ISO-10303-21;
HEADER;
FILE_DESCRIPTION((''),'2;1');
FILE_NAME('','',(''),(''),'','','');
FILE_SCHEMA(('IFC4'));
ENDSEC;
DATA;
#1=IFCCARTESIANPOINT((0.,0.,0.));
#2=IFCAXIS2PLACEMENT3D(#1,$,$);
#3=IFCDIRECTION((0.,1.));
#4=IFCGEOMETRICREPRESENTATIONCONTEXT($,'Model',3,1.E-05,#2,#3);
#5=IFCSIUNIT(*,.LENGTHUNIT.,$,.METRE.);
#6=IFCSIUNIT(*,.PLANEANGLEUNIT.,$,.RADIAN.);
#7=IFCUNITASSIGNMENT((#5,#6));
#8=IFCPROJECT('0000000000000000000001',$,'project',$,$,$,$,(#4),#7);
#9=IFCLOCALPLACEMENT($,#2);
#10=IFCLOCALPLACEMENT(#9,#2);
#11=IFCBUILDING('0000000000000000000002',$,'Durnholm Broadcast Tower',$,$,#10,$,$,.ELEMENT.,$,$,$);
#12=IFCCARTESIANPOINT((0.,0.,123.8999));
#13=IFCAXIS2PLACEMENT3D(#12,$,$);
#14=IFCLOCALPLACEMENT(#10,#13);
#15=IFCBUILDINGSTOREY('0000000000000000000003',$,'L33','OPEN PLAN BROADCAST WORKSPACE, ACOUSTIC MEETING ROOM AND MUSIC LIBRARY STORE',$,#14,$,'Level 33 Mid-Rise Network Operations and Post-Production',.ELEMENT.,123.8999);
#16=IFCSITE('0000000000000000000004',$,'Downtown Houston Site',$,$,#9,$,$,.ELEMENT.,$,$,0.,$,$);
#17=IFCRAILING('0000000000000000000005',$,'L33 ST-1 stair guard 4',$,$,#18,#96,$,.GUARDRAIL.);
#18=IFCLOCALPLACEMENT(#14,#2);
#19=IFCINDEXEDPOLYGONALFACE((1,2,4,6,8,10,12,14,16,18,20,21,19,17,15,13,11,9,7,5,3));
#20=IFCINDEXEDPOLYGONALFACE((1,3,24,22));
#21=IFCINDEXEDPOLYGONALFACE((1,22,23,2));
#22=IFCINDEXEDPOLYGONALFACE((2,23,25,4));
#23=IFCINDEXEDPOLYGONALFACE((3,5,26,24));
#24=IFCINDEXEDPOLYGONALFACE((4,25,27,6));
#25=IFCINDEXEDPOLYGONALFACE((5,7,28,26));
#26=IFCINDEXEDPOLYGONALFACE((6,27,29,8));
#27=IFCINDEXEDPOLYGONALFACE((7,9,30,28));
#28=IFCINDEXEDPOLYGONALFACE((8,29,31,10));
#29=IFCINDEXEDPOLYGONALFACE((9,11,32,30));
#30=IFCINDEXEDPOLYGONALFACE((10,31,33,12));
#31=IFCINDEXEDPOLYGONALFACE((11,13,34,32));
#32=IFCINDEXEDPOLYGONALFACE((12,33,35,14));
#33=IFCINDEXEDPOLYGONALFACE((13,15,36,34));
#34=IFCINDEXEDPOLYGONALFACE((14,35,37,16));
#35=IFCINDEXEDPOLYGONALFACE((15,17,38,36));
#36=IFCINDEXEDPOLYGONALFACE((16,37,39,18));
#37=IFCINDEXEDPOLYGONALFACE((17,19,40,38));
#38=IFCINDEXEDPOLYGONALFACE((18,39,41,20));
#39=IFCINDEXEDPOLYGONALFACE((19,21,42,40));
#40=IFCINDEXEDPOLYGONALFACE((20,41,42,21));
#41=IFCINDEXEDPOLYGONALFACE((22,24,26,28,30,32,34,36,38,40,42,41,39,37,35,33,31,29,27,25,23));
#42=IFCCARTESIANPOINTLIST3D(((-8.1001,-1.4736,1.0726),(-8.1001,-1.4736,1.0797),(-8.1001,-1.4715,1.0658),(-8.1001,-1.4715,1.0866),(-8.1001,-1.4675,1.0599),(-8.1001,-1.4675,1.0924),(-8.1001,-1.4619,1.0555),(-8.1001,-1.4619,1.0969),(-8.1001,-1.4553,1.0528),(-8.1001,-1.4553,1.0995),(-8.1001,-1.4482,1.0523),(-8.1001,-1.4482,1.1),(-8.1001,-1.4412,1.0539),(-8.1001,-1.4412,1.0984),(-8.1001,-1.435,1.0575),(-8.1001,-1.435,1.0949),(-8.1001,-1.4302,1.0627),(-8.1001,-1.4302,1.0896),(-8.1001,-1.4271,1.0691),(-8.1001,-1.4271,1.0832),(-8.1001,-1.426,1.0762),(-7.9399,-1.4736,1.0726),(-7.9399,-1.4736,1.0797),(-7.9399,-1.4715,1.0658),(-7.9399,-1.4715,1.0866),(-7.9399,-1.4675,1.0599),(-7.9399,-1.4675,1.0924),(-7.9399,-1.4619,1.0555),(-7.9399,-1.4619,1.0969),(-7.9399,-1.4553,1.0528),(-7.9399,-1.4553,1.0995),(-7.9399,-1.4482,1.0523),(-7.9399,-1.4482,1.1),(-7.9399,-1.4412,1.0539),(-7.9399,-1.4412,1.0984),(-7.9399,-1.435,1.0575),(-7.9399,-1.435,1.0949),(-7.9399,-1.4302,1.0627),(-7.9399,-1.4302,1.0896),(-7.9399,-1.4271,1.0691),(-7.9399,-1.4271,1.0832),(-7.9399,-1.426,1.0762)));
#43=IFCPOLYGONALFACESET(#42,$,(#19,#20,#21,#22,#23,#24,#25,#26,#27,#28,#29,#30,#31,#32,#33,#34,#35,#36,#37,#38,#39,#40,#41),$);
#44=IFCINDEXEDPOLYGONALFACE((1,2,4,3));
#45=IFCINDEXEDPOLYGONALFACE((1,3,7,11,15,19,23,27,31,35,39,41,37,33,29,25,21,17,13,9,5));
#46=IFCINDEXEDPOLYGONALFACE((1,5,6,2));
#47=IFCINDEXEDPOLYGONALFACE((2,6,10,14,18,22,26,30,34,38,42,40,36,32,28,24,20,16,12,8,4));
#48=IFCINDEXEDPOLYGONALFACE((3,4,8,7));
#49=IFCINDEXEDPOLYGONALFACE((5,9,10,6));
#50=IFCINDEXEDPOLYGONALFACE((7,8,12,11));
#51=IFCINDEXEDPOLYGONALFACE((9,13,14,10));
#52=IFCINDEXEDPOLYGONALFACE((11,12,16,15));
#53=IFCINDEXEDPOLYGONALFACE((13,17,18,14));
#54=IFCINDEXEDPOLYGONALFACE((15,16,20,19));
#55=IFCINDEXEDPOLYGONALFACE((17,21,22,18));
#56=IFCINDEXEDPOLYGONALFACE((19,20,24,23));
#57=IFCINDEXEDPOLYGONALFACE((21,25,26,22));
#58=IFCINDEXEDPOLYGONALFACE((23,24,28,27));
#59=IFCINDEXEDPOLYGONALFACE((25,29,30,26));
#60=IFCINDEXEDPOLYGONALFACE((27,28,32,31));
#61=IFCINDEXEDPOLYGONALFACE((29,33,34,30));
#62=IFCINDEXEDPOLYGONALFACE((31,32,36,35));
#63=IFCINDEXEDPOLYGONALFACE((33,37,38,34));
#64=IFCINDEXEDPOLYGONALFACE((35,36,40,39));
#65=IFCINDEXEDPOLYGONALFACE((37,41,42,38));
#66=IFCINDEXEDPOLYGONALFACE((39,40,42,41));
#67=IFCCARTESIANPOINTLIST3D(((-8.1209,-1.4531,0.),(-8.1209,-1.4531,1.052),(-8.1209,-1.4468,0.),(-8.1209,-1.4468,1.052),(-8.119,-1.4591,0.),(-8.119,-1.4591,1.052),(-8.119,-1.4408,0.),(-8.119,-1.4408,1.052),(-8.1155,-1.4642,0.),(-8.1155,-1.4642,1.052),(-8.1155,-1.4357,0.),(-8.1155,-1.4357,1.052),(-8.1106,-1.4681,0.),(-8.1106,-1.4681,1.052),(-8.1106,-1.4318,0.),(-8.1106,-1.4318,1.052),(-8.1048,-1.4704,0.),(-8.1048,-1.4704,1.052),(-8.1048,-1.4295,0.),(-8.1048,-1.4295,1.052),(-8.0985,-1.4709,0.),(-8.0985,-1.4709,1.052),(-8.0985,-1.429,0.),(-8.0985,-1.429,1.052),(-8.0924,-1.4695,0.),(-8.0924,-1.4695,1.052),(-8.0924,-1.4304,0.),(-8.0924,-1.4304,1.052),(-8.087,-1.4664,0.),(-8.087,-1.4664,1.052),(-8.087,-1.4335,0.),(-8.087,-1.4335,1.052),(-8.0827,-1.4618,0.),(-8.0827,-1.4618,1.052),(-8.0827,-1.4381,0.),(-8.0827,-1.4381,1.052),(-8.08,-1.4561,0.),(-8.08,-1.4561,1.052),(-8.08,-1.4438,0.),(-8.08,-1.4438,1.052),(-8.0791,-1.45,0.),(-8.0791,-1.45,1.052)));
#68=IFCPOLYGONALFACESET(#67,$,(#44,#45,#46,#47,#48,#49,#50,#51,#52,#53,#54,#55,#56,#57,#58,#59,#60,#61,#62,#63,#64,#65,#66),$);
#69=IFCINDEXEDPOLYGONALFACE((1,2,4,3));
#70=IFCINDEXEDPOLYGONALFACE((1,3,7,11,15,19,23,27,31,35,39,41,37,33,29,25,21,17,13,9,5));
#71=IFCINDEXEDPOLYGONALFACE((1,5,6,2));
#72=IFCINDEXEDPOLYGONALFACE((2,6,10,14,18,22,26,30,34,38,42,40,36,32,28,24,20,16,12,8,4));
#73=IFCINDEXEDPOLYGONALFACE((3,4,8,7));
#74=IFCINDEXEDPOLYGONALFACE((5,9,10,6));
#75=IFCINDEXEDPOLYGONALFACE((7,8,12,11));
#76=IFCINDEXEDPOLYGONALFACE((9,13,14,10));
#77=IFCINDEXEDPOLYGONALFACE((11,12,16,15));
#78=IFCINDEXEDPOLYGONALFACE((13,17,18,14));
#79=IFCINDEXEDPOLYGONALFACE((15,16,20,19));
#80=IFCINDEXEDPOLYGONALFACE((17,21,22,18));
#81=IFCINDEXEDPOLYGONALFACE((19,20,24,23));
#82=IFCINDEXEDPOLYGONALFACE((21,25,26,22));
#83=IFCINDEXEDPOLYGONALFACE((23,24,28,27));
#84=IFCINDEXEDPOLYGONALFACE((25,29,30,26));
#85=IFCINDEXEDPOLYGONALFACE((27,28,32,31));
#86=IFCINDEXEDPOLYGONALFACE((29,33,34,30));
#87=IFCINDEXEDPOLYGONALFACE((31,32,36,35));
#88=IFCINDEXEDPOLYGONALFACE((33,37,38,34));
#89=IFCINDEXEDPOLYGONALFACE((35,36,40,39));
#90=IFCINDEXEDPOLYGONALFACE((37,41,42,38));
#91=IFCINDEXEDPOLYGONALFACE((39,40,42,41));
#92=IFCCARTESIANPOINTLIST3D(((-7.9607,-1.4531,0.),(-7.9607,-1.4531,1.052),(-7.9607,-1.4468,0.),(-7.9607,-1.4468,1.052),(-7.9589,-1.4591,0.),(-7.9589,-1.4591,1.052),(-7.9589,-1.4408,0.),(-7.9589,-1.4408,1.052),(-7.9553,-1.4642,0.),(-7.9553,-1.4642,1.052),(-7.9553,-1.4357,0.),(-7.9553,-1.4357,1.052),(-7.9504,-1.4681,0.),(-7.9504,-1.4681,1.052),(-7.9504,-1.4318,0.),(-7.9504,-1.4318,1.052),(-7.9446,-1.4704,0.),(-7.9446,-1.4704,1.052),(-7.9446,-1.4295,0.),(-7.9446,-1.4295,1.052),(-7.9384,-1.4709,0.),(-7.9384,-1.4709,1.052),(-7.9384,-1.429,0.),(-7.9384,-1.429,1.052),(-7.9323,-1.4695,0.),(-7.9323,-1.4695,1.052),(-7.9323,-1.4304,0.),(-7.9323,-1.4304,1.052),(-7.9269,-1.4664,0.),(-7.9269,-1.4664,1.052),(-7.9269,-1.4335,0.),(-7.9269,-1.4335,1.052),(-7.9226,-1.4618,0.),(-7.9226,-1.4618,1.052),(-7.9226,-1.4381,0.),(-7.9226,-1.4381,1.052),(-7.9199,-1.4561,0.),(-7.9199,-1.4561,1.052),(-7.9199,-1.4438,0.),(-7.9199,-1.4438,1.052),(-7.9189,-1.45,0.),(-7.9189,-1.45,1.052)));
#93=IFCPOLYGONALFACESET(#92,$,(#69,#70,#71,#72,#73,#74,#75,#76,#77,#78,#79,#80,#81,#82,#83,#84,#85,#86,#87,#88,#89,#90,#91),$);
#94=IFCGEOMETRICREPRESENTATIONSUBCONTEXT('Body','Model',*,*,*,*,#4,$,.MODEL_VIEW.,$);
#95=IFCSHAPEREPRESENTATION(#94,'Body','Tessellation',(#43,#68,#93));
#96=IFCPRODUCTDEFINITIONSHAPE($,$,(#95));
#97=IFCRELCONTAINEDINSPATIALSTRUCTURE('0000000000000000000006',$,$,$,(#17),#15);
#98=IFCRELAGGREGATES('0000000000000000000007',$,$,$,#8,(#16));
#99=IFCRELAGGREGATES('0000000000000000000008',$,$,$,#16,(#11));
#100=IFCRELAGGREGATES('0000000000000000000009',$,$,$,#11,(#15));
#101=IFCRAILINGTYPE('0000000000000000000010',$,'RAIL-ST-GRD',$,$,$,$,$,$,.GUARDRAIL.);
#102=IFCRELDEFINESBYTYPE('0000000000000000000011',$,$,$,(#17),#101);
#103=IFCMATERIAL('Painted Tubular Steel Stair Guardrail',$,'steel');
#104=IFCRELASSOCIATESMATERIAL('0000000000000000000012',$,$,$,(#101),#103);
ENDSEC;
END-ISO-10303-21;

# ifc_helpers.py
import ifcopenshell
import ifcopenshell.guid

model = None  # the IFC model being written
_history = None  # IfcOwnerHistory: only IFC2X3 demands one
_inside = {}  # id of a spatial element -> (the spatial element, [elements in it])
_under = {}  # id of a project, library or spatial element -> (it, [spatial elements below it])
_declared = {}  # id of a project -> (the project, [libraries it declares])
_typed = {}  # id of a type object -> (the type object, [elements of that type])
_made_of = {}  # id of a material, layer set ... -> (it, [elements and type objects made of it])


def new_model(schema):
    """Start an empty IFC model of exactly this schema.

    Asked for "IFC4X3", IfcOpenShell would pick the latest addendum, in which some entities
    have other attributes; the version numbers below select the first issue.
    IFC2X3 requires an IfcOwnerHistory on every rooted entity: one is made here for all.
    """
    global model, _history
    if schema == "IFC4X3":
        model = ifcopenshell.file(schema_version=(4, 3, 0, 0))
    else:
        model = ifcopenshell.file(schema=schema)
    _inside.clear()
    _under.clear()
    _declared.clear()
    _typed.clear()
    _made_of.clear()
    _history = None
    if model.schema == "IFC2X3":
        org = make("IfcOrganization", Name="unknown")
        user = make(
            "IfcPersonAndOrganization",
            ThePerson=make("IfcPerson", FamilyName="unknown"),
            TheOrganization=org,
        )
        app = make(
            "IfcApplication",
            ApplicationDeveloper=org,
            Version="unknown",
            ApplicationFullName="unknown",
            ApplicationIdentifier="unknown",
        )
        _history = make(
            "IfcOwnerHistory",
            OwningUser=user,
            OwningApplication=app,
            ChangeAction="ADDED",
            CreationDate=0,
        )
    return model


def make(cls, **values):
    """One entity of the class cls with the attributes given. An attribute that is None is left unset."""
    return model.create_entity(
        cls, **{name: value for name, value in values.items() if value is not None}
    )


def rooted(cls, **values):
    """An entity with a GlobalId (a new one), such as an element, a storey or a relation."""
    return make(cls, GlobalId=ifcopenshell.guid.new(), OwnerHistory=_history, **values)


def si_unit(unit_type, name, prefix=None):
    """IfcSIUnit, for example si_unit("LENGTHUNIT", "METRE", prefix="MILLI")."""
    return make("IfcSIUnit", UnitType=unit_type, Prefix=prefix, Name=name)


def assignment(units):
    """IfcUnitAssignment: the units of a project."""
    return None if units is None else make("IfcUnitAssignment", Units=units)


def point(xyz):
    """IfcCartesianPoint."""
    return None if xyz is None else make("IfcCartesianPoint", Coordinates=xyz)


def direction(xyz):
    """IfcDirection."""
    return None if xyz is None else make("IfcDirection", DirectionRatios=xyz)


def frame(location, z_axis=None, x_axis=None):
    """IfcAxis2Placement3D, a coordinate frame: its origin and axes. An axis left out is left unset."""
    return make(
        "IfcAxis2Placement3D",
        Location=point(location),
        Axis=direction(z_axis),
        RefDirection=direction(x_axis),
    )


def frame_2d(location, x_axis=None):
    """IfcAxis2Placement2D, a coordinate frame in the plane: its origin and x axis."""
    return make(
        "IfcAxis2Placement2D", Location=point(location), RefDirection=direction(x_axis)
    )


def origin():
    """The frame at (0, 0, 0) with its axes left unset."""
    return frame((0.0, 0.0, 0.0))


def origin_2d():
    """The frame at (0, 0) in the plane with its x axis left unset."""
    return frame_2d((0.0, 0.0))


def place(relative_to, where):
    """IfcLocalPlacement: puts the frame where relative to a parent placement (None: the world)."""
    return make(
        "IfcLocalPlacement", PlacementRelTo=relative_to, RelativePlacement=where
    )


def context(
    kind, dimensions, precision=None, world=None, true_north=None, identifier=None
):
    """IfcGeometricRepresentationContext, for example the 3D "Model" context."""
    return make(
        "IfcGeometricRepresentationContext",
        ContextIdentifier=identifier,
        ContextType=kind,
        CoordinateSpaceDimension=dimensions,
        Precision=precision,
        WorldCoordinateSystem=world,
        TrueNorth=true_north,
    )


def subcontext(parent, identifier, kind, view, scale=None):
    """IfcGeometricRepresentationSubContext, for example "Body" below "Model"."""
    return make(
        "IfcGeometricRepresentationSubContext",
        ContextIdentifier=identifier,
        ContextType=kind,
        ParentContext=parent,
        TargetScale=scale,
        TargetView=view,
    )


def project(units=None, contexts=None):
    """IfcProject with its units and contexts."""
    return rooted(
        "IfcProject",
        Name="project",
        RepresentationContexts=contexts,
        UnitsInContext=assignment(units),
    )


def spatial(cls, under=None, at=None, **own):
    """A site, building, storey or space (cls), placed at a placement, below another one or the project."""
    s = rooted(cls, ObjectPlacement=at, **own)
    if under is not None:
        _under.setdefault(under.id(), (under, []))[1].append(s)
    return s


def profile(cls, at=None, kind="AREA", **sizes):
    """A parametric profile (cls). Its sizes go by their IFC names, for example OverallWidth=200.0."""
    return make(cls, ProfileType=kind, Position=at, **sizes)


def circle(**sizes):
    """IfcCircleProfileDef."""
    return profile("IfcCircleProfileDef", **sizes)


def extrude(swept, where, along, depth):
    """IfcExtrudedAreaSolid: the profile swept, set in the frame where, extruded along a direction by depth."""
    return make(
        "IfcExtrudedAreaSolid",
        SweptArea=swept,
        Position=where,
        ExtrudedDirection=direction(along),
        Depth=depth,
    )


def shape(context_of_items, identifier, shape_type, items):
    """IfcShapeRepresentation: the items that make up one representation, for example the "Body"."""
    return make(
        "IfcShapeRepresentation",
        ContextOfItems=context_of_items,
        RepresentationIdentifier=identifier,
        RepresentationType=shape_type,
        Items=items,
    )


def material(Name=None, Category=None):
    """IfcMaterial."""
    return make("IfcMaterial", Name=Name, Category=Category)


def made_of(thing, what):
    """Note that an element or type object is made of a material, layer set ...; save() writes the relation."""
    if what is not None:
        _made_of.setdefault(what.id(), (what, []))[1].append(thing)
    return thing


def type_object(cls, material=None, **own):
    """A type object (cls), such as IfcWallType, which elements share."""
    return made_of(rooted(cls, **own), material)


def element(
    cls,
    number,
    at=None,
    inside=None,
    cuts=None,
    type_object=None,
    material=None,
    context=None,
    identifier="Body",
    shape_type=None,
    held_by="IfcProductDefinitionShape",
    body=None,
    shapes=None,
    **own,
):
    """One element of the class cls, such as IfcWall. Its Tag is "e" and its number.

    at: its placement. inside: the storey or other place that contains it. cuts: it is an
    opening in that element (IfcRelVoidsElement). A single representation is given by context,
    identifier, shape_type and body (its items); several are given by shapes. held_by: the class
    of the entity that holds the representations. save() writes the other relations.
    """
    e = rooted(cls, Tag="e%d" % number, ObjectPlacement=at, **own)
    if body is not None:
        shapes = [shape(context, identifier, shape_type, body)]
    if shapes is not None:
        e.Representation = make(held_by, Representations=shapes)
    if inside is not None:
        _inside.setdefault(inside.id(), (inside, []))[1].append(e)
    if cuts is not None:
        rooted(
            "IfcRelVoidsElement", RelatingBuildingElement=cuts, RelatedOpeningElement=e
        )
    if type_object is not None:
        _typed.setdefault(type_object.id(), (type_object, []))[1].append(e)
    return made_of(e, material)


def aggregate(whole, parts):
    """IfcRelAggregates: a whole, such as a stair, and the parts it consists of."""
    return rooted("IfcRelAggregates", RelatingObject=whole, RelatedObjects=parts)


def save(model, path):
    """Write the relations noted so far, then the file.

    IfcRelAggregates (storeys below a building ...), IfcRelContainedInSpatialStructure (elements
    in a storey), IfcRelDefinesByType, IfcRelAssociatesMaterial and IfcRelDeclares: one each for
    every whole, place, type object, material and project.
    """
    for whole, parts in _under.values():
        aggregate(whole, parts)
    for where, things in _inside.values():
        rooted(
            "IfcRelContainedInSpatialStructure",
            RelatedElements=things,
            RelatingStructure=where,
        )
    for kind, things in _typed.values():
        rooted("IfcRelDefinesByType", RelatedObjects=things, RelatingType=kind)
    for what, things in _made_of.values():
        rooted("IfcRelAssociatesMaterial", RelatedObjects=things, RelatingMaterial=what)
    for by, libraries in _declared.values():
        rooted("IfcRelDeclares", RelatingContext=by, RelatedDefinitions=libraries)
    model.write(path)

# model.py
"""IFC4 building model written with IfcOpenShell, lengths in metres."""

from ifc_helpers import new_model, si_unit, direction, frame, origin, origin_2d, place, context, subcontext, project, spatial, circle, extrude, material, type_object, element, save


model = new_model("IFC4")

# Units and contexts
model_context = context("Model", 3, precision=1e-05, world=origin(), true_north=direction((0.0, 1.0)))
body_context = subcontext(model_context, "Body", "Model", "MODEL_VIEW")
ifc_project = project(units=[si_unit("LENGTHUNIT", "METRE"), si_unit("PLANEANGLEUNIT", "RADIAN")], contexts=[model_context])

# Site, building, storey
site_placement = place(None, origin())
site = spatial("IfcSite", under=ifc_project, at=site_placement, Name="Downtown Houston Site", CompositionType="ELEMENT", RefElevation=0.0)
building_placement = place(site_placement, origin())
building = spatial("IfcBuilding", under=site, at=building_placement, Name="Durnholm Broadcast Tower", CompositionType="ELEMENT")
storey_placement = place(building_placement, frame((0.0, 0.0, 123.8999)))
storey = spatial("IfcBuildingStorey", under=building, at=storey_placement, Name="L33", Description="OPEN PLAN BROADCAST WORKSPACE, ACOUSTIC MEETING ROOM AND MUSIC LIBRARY STORE", LongName="Level 33 Mid-Rise Network Operations and Post-Production", CompositionType="ELEMENT", Elevation=123.8999)

# Railing
ifc_material_1 = material(Name="Painted Tubular Steel Stair Guardrail", Category="steel")
railing_type_1 = type_object("IfcRailingType", Name="RAIL-ST-GRD", PredefinedType="GUARDRAIL", material=ifc_material_1)
railing_1_placement = place(storey_placement, frame((-8.1001, -1.45, 0.0)))
element("IfcRailing", 1, at=railing_1_placement, inside=storey, type_object=railing_type_1, Name="L33 ST-1 stair guard 4", PredefinedType="GUARDRAIL", context=body_context, shape_type="SweptSolid", body=[
    extrude(circle(Radius=0.0239, at=origin_2d()), frame((0.0, 0.0, 1.0762), z_axis=(1.0, 0.0, 0.0), x_axis=(0.0, 1.0, 0.0)), (0.0, 0.0, 1.0), 0.1602),
    extrude(circle(Radius=0.021, at=origin_2d()), origin(), (0.0, 0.0, 1.0), 1.052),
    extrude(circle(Radius=0.021, at=origin_2d()), frame((0.1602, 0.0, 0.0)), (0.0, 0.0, 1.0), 1.052),
])

save(model, "model.ifc")
